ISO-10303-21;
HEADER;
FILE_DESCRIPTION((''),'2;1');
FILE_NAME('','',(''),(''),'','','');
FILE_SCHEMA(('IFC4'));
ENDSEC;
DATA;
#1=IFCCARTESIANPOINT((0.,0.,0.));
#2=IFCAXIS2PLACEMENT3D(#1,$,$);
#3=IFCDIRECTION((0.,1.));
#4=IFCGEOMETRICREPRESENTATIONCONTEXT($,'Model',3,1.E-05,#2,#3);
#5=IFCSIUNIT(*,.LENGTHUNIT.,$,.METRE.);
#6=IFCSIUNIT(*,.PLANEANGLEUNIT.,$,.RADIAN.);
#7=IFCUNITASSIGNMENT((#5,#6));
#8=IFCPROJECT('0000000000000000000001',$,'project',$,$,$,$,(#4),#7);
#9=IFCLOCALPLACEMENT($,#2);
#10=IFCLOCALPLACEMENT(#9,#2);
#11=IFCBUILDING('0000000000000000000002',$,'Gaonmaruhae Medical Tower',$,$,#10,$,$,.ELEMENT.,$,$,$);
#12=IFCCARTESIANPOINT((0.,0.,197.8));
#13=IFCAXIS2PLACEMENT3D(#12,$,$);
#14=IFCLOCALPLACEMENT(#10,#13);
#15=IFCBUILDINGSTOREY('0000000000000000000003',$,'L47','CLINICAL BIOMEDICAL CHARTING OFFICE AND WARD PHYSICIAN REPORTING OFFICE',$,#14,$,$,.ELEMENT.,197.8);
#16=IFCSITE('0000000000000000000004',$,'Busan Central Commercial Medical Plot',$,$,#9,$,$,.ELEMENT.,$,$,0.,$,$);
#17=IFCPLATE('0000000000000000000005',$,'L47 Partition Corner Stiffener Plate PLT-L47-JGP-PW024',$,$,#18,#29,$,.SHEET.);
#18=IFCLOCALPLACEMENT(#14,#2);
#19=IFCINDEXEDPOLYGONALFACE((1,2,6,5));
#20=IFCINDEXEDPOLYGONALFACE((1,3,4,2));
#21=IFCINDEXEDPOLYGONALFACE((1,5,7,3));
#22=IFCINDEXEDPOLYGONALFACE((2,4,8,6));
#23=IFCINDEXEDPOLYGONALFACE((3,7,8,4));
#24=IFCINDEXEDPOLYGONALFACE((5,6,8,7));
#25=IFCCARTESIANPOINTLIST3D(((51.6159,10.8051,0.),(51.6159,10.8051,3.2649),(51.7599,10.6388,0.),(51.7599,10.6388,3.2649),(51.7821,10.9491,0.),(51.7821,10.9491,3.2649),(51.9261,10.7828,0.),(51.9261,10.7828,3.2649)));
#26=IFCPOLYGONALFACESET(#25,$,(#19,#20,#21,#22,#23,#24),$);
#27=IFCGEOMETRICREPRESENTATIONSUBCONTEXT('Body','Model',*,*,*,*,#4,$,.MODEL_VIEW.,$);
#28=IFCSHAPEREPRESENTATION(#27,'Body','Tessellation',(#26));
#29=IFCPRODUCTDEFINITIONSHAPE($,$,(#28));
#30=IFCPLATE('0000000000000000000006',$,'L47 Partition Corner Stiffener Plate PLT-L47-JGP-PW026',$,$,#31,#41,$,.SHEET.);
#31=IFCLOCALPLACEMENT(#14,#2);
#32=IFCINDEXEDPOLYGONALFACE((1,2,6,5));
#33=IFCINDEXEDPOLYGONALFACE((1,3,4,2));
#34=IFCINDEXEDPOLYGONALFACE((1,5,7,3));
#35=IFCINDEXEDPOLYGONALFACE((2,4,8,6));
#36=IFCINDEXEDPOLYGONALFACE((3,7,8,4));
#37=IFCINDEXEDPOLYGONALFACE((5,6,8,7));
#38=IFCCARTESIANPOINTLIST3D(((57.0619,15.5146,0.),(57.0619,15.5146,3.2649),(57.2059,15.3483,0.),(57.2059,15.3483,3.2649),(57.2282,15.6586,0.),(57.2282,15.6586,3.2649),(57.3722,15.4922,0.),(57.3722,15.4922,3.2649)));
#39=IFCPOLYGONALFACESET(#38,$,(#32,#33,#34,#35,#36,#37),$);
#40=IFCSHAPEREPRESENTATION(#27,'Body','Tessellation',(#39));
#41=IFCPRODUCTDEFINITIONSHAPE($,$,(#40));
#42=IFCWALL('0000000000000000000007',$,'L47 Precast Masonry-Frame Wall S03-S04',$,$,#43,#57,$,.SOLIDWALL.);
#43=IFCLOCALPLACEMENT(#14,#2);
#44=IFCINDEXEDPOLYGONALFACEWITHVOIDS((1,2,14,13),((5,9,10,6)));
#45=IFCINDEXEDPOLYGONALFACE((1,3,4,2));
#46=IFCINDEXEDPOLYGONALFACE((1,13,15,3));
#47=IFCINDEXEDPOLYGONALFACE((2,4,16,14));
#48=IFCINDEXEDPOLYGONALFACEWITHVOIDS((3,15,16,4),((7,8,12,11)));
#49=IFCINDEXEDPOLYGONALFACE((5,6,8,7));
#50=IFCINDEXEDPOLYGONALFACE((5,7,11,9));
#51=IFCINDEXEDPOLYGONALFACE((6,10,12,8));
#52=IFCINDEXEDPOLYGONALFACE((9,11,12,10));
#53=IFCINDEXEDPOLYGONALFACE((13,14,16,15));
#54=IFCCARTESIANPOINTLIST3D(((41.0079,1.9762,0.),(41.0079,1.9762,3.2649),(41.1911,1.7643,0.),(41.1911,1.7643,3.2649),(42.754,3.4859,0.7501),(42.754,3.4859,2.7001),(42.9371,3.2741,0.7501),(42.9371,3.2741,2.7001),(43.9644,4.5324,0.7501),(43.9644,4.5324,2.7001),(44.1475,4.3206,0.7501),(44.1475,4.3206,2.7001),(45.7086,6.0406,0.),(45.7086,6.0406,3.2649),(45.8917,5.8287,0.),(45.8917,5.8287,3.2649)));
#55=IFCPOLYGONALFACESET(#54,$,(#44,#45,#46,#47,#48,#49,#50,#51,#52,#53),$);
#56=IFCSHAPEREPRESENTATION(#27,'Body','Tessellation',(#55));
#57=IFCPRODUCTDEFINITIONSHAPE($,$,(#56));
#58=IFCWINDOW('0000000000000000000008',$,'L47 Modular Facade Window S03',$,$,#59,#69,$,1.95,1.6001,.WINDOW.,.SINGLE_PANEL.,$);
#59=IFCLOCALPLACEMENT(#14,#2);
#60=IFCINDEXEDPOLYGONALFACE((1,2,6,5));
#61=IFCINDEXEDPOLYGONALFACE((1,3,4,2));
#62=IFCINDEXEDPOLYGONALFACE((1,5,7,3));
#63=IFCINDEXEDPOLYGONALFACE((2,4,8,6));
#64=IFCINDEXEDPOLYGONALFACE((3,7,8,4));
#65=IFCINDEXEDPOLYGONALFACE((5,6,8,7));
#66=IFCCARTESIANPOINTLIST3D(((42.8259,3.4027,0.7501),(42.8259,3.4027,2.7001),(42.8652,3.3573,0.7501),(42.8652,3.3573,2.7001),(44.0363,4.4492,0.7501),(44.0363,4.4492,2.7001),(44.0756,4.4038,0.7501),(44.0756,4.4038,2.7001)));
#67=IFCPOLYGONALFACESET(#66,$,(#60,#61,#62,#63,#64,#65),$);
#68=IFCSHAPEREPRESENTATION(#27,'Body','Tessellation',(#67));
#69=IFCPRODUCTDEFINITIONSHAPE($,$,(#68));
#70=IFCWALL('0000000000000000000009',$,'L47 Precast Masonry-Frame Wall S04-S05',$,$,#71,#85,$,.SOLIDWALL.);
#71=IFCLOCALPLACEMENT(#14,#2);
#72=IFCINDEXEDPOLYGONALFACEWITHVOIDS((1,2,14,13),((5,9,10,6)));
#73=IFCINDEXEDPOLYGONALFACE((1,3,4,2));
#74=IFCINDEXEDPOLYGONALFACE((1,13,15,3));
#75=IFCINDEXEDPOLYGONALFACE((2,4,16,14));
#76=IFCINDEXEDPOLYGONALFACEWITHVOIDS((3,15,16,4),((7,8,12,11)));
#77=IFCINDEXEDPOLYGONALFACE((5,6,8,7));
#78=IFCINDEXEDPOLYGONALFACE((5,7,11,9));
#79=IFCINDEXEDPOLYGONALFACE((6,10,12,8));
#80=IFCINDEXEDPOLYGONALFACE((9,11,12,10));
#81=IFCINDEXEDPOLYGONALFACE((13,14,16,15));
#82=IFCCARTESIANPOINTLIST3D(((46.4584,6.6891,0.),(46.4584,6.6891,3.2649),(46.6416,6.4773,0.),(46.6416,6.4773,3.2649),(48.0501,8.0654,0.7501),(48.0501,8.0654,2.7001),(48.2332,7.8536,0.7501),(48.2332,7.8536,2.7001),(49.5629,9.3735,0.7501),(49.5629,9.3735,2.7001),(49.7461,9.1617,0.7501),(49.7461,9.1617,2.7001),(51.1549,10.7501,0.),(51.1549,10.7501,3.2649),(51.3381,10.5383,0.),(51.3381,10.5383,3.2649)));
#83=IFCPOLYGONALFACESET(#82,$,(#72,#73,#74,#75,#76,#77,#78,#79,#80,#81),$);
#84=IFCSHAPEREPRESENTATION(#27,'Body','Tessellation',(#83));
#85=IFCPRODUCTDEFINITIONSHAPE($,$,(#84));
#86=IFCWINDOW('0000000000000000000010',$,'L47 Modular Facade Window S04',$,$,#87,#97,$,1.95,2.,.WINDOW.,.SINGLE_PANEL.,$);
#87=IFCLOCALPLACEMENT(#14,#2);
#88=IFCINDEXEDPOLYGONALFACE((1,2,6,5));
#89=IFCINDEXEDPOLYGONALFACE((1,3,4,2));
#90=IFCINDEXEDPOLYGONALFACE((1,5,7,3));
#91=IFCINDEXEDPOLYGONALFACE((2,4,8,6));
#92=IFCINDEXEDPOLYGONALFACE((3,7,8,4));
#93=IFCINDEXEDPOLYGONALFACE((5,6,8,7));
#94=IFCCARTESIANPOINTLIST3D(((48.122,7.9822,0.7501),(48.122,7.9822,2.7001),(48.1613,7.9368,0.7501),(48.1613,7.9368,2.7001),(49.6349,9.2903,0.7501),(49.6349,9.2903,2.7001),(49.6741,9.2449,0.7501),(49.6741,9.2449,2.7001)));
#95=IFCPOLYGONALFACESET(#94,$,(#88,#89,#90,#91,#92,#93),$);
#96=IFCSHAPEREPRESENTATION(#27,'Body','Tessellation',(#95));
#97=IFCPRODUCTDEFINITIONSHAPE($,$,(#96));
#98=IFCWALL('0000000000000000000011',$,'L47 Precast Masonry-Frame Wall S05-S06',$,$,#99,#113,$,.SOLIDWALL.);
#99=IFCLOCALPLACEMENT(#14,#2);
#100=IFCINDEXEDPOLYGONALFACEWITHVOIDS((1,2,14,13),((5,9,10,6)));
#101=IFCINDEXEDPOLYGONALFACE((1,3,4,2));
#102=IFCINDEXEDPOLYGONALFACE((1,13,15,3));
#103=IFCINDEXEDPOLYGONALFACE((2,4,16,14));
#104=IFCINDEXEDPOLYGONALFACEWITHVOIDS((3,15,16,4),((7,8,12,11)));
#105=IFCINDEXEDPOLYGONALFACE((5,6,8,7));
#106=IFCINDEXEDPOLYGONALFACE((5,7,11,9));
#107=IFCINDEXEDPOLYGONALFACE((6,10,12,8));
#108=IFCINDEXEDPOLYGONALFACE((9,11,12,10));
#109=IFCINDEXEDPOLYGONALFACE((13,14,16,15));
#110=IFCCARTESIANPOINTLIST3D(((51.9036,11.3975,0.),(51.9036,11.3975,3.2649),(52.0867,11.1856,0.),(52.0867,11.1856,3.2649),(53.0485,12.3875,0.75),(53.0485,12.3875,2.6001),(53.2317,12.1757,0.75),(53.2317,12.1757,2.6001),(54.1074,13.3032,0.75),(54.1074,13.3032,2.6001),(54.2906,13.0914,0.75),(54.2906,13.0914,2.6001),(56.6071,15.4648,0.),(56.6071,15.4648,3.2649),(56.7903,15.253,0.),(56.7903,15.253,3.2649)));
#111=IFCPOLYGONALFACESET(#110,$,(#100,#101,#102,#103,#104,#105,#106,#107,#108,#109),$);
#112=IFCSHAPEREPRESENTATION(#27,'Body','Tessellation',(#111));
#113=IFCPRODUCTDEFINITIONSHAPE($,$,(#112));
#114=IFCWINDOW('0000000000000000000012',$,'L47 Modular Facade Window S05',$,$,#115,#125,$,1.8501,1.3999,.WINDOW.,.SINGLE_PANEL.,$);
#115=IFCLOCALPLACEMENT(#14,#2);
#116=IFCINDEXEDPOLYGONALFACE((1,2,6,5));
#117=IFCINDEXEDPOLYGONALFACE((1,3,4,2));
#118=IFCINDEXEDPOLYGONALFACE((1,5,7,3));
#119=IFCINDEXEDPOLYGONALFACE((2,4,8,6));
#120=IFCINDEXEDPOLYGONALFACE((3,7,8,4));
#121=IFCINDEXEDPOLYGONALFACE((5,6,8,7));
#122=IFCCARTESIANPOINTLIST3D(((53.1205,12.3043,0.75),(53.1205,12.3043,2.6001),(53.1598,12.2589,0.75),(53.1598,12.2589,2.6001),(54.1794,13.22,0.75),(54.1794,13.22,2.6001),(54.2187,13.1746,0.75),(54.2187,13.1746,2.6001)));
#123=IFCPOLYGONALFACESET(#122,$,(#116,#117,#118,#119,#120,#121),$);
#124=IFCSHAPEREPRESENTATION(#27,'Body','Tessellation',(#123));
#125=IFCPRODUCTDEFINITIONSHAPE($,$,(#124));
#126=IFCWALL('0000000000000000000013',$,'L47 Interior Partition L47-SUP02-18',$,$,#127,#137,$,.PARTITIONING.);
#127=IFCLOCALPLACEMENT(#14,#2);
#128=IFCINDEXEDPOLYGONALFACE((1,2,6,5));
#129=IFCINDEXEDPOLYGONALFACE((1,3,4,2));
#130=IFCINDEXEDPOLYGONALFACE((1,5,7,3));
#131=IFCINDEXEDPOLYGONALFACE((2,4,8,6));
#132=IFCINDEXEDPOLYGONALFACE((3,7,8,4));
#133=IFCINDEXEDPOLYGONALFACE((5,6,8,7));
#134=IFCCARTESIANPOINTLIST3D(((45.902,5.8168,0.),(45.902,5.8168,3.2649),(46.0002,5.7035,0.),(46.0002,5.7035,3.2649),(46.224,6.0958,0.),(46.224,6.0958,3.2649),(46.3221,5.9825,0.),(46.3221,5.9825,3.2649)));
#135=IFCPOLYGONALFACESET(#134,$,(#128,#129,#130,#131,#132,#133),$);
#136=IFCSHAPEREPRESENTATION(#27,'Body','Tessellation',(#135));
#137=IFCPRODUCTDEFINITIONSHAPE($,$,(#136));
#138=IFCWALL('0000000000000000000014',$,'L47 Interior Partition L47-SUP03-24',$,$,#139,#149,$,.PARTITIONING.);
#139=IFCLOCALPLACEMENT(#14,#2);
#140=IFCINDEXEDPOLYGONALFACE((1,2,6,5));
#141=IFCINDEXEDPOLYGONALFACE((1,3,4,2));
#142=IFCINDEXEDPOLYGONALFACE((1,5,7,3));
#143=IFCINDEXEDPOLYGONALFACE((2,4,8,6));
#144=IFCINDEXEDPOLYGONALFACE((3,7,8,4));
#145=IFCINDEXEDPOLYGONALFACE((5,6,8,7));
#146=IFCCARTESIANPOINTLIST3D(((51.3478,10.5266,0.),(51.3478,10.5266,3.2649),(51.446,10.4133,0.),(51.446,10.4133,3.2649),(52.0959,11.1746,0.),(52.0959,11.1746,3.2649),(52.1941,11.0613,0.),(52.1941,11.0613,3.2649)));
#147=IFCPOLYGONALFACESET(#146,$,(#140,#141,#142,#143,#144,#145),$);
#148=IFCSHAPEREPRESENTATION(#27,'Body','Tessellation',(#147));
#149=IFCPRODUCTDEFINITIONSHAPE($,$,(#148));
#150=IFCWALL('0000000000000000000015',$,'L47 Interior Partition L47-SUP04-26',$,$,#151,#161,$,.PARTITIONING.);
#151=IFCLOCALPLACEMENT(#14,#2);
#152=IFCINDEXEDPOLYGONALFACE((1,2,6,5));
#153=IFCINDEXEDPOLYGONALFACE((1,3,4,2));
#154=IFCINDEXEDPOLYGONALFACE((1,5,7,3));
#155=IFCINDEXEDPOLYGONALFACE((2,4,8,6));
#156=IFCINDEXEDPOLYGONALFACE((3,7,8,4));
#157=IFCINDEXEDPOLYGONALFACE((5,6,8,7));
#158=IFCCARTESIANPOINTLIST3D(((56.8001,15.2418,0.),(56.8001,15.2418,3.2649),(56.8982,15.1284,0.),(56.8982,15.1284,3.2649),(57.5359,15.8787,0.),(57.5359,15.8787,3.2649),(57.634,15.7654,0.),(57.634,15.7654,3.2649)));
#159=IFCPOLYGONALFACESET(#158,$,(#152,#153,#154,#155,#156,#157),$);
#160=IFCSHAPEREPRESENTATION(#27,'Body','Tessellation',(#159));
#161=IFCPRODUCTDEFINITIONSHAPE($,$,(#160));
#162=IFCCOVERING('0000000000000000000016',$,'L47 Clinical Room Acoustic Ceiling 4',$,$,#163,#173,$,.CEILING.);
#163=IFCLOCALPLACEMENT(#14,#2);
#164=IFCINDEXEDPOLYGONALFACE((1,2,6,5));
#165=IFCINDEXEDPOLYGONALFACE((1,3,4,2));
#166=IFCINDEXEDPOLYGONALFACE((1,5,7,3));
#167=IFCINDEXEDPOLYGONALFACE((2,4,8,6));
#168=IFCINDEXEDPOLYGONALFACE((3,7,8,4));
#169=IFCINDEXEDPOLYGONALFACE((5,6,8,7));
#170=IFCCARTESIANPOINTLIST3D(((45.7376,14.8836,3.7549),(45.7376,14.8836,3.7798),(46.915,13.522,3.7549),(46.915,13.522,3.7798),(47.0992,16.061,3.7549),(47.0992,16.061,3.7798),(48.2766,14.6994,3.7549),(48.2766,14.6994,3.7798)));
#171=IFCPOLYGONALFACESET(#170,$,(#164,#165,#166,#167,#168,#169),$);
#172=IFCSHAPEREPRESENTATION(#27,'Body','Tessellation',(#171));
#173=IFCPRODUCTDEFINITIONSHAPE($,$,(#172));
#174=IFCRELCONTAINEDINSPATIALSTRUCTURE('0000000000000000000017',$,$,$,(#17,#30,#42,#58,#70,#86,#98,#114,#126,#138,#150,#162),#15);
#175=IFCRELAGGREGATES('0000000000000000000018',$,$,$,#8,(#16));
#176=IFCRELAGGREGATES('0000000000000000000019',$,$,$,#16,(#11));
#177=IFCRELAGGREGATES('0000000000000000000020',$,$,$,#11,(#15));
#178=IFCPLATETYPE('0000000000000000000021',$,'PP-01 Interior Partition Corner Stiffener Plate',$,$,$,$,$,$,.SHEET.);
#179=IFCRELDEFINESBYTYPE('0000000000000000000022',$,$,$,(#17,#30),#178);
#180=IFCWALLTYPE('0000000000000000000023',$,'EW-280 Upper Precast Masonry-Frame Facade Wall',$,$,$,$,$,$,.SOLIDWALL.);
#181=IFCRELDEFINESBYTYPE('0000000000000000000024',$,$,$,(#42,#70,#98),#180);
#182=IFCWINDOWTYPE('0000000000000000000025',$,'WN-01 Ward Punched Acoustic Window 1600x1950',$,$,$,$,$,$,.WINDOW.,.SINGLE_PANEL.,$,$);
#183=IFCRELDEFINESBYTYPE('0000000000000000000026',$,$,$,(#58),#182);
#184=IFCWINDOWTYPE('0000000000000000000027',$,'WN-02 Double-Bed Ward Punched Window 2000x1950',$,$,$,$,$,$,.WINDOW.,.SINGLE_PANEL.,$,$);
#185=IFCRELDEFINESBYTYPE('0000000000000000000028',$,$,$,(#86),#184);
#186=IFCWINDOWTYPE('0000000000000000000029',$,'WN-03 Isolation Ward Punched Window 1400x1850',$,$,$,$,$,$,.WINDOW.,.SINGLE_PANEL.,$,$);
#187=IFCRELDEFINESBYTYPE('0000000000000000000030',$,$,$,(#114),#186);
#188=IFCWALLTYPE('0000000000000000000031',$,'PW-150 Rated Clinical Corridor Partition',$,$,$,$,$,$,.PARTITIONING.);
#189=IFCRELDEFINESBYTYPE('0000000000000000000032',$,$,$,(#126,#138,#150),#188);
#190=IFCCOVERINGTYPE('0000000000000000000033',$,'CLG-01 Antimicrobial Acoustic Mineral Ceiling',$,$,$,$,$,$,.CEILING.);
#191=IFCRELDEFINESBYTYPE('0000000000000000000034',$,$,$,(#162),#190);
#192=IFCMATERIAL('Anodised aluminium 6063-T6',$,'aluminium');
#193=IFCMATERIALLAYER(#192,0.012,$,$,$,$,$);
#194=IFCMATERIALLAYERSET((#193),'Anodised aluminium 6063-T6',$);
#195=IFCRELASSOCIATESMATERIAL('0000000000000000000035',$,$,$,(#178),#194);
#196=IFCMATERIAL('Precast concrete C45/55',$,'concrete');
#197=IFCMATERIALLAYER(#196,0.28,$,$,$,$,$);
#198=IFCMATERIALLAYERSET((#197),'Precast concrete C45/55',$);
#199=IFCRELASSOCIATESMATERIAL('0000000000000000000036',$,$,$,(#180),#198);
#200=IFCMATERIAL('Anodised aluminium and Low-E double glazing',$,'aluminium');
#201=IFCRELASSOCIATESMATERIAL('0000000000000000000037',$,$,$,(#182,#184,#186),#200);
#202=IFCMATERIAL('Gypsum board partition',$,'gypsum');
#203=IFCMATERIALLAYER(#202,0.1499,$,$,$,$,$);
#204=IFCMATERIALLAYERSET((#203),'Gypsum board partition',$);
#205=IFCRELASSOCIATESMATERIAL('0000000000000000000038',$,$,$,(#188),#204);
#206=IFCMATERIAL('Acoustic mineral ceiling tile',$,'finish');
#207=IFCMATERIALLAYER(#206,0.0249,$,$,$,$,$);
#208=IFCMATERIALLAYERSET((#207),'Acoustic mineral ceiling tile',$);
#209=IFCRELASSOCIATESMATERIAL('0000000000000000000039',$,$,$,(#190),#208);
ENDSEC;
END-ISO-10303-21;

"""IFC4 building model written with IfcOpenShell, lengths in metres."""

from ifc_helpers import new_model, si_unit, direction, frame, frame_2d, origin, origin_2d, place, context, subcontext, project, spatial, rectangle, extrude, material, layer, layer_set, type_object, element, fill, save


model = new_model("IFC4")

# Units and contexts
model_context = context("Model", 3, precision=1e-05, world=origin(), true_north=direction((0.0, 1.0)))
body_context = subcontext(model_context, "Body", "Model", "MODEL_VIEW")
ifc_project = project(units=[si_unit("LENGTHUNIT", "METRE"), si_unit("PLANEANGLEUNIT", "RADIAN")], contexts=[model_context])

# Site, building, storey
site_placement = place(None, origin())
site = spatial("IfcSite", under=ifc_project, at=site_placement, Name="Busan Central Commercial Medical Plot", CompositionType="ELEMENT", RefElevation=0.0)
building_placement = place(site_placement, origin())
building = spatial("IfcBuilding", under=site, at=building_placement, Name="Gaonmaruhae Medical Tower", CompositionType="ELEMENT")
storey_placement = place(building_placement, frame((0.0, 0.0, 197.8)))
storey = spatial("IfcBuildingStorey", under=building, at=storey_placement, Name="L47", Description="CLINICAL BIOMEDICAL CHARTING OFFICE AND WARD PHYSICIAN REPORTING OFFICE", CompositionType="ELEMENT", Elevation=197.8)

# Plates
ifc_material_1 = material(Name="Anodised aluminium 6063-T6", Category="aluminium")
ifc_layer_1 = layer(ifc_material_1, 0.012)
ifc_layer_set_1 = layer_set([ifc_layer_1], Name="Anodised aluminium 6063-T6")
plate_type = type_object("IfcPlateType", Name="PP-01 Interior Partition Corner Stiffener Plate", PredefinedType="SHEET", material=ifc_layer_set_1)
for number, where, z_axis, x_axis, name in (
    (1, (51.771, 10.7939, 0.0), (0.0, 0.0, 1.0), (-0.755819, -0.65478, 0.0), "L47 Partition Corner Stiffener Plate PLT-L47-JGP-PW024"),
    (2, (57.217, 15.5034, 0.0), (0.0, 0.0, 1.0), (-0.756128, -0.654424, 0.0), "L47 Partition Corner Stiffener Plate PLT-L47-JGP-PW026"),
):
    element("IfcPlate", number, at=place(storey_placement, frame(where, z_axis=z_axis, x_axis=x_axis)), inside=storey, type_object=plate_type, Name=name, PredefinedType="SHEET", context=body_context, shape_type="SweptSolid", body=[
        extrude(rectangle(XDim=0.22, YDim=0.22, at=origin_2d()), origin(), (0.0, 0.0, 1.0), 3.2649),
    ])

# Walls, openings, windows
ifc_material_2 = material(Name="Precast concrete C45/55", Category="concrete")
ifc_layer_2 = layer(ifc_material_2, 0.28)
ifc_layer_set_2 = layer_set([ifc_layer_2], Name="Precast concrete C45/55")
wall_type_1 = type_object("IfcWallType", Name="EW-280 Upper Precast Masonry-Frame Facade Wall", PredefinedType="SOLIDWALL", material=ifc_layer_set_2)
wall_1_placement = place(storey_placement, frame((45.8, 5.9346, 0.0), z_axis=(0.0, 0.0, 1.0), x_axis=(-0.756443, -0.65406, 0.0)))
wall_1 = element("IfcWall", 3, at=wall_1_placement, inside=storey, type_object=wall_type_1, Name="L47 Precast Masonry-Frame Wall S03-S04", PredefinedType="SOLIDWALL", context=body_context, shape_type="SweptSolid", body=[
    extrude(rectangle(XDim=6.2141, YDim=0.28, at=frame_2d((3.1069, 0.0))), origin(), (0.0, 0.0, 1.0), 3.2649),
])
opening_1_placement = place(wall_1_placement, frame((2.3057, 0.0, 0.75)))
opening_1 = element("IfcOpeningElement", 4, at=opening_1_placement, cuts=wall_1, PredefinedType="OPENING", context=body_context, shape_type="SweptSolid", body=[
    extrude(rectangle(XDim=1.6001, YDim=1.95, at=frame_2d((0.8, 0.9751))), frame((0.0, 0.1499, 0.0), z_axis=(0.0, -1.0, 0.0), x_axis=(1.0, 0.0, 0.0)), (0.0, 0.0, 1.0), 0.3),
])
ifc_material_3 = material(Name="Anodised aluminium and Low-E double glazing", Category="aluminium")
window_type_1 = type_object("IfcWindowType", Name="WN-01 Ward Punched Acoustic Window 1600x1950", PartitioningType="SINGLE_PANEL", PredefinedType="WINDOW", material=ifc_material_3)
window_1_placement = place(opening_1_placement, origin())
window_1 = element("IfcWindow", 5, at=window_1_placement, inside=storey, type_object=window_type_1, Name="L47 Modular Facade Window S03", OverallHeight=1.95, OverallWidth=1.6001, PartitioningType="SINGLE_PANEL", PredefinedType="WINDOW", context=body_context, shape_type="SweptSolid", body=[
    extrude(rectangle(XDim=1.6001, YDim=1.95, at=frame_2d((0.8, 0.9751))), frame((0.0, 0.03, 0.0), z_axis=(0.0, -1.0, 0.0), x_axis=(1.0, 0.0, 0.0)), (0.0, 0.0, 1.0), 0.0601),
])
fill(opening_1, window_1)
wall_2_placement = place(storey_placement, frame((51.2466, 10.6443, 0.0), z_axis=(0.0, 0.0, 1.0), x_axis=(-0.756429, -0.654075, 0.0)))
wall_2 = element("IfcWall", 6, at=wall_2_placement, inside=storey, type_object=wall_type_1, Name="L47 Precast Masonry-Frame Wall S04-S05", PredefinedType="SOLIDWALL", context=body_context, shape_type="SweptSolid", body=[
    extrude(rectangle(XDim=6.2087, YDim=0.28, at=frame_2d((3.1045, 0.0))), origin(), (0.0, 0.0, 1.0), 3.2649),
])
opening_2_placement = place(wall_2_placement, frame((2.1047, 0.0, 0.75)))
opening_2 = element("IfcOpeningElement", 7, at=opening_2_placement, cuts=wall_2, PredefinedType="OPENING", context=body_context, shape_type="SweptSolid", body=[
    extrude(rectangle(XDim=2.0, YDim=1.95, at=frame_2d((1.0, 0.9751))), frame((0.0, 0.1499, 0.0), z_axis=(0.0, -1.0, 0.0), x_axis=(1.0, 0.0, 0.0)), (0.0, 0.0, 1.0), 0.3),
])
window_type_2 = type_object("IfcWindowType", Name="WN-02 Double-Bed Ward Punched Window 2000x1950", PartitioningType="SINGLE_PANEL", PredefinedType="WINDOW", material=ifc_material_3)
window_2_placement = place(opening_2_placement, origin())
window_2 = element("IfcWindow", 8, at=window_2_placement, inside=storey, type_object=window_type_2, Name="L47 Modular Facade Window S04", OverallHeight=1.95, OverallWidth=2.0, PartitioningType="SINGLE_PANEL", PredefinedType="WINDOW", context=body_context, shape_type="SweptSolid", body=[
    extrude(rectangle(XDim=2.0, YDim=1.95, at=frame_2d((1.0, 0.9751))), frame((0.0, 0.03, 0.0), z_axis=(0.0, -1.0, 0.0), x_axis=(1.0, 0.0, 0.0)), (0.0, 0.0, 1.0), 0.0601),
])
fill(opening_2, window_2)
wall_3_placement = place(storey_placement, frame((56.6987, 15.3589, 0.0), z_axis=(0.0, 0.0, 1.0), x_axis=(-0.756411, -0.654096, 0.0)))
wall_3 = element("IfcWall", 9, at=wall_3_placement, inside=storey, type_object=wall_type_1, Name="L47 Precast Masonry-Frame Wall S05-S06", PredefinedType="SOLIDWALL", context=body_context, shape_type="SweptSolid", body=[
    extrude(rectangle(XDim=6.2183, YDim=0.28, at=frame_2d((3.1091, 0.0))), origin(), (0.0, 0.0, 1.0), 3.2649),
])
opening_3_placement = place(wall_3_placement, frame((3.3047, 0.0, 0.75)))
opening_3 = element("IfcOpeningElement", 10, at=opening_3_placement, cuts=wall_3, PredefinedType="OPENING", context=body_context, shape_type="SweptSolid", body=[
    extrude(rectangle(XDim=1.3999, YDim=1.8501, at=frame_2d((0.7, 0.925))), frame((0.0, 0.1499, 0.0), z_axis=(0.0, -1.0, 0.0), x_axis=(1.0, 0.0, 0.0)), (0.0, 0.0, 1.0), 0.3),
])
window_type_3 = type_object("IfcWindowType", Name="WN-03 Isolation Ward Punched Window 1400x1850", PartitioningType="SINGLE_PANEL", PredefinedType="WINDOW", material=ifc_material_3)
window_3_placement = place(opening_3_placement, origin())
window_3 = element("IfcWindow", 11, at=window_3_placement, inside=storey, type_object=window_type_3, Name="L47 Modular Facade Window S05", OverallHeight=1.8501, OverallWidth=1.3999, PartitioningType="SINGLE_PANEL", PredefinedType="WINDOW", context=body_context, shape_type="SweptSolid", body=[
    extrude(rectangle(XDim=1.3999, YDim=1.8501, at=frame_2d((0.7, 0.925))), frame((0.0, 0.03, 0.0), z_axis=(0.0, -1.0, 0.0), x_axis=(1.0, 0.0, 0.0)), (0.0, 0.0, 1.0), 0.0601),
])
fill(opening_3, window_3)

# Walls
ifc_material_4 = material(Name="Gypsum board partition", Category="gypsum")
ifc_layer_3 = layer(ifc_material_4, 0.1499)
ifc_layer_set_3 = layer_set([ifc_layer_3], Name="Gypsum board partition")
wall_type_2 = type_object("IfcWallType", Name="PW-150 Rated Clinical Corridor Partition", PredefinedType="PARTITIONING", material=ifc_layer_set_3)
wall_4_placement = place(storey_placement, frame((46.2729, 6.0391, 0.0), z_axis=(0.0, 0.0, 1.0), x_axis=(-0.755727, -0.654887, 0.0)))
element("IfcWall", 12, at=wall_4_placement, inside=storey, type_object=wall_type_2, Name="L47 Interior Partition L47-SUP02-18", PredefinedType="PARTITIONING", context=body_context, shape_type="SweptSolid", body=[
    extrude(rectangle(XDim=0.426, YDim=0.1499, at=frame_2d((0.2129, 0.0))), origin(), (0.0, 0.0, 1.0), 3.2649),
])
wall_5_placement = place(storey_placement, frame((52.145, 11.1179, 0.0), z_axis=(0.0, 0.0, 1.0), x_axis=(-0.755868, -0.654724, 0.0)))
element("IfcWall", 13, at=wall_5_placement, inside=storey, type_object=wall_type_2, Name="L47 Interior Partition L47-SUP03-24", PredefinedType="PARTITIONING", context=body_context, shape_type="SweptSolid", body=[
    extrude(rectangle(XDim=0.9897, YDim=0.1499, at=frame_2d((0.4949, 0.0))), origin(), (0.0, 0.0, 1.0), 3.2649),
])
wall_6_placement = place(storey_placement, frame((57.585, 15.822, 0.0), z_axis=(0.0, 0.0, 1.0), x_axis=(-0.756078, -0.654482, 0.0)))
element("IfcWall", 14, at=wall_6_placement, inside=storey, type_object=wall_type_2, Name="L47 Interior Partition L47-SUP04-26", PredefinedType="PARTITIONING", context=body_context, shape_type="SweptSolid", body=[
    extrude(rectangle(XDim=0.9731, YDim=0.1499, at=frame_2d((0.4866, 0.0))), origin(), (0.0, 0.0, 1.0), 3.2649),
])

# Covering
ifc_material_5 = material(Name="Acoustic mineral ceiling tile", Category="finish")
ifc_layer_4 = layer(ifc_material_5, 0.0249)
ifc_layer_set_4 = layer_set([ifc_layer_4], Name="Acoustic mineral ceiling tile")
covering_type_1 = type_object("IfcCoveringType", Name="CLG-01 Antimicrobial Acoustic Mineral Ceiling", PredefinedType="CEILING", material=ifc_layer_set_4)
covering_1_placement = place(storey_placement, frame((47.0071, 14.7915, 3.7549), z_axis=(0.0, 0.0, 1.0), x_axis=(0.756425, 0.654081, 0.0)))
element("IfcCovering", 15, at=covering_1_placement, inside=storey, type_object=covering_type_1, Name="L47 Clinical Room Acoustic Ceiling 4", PredefinedType="CEILING", context=body_context, shape_type="SweptSolid", body=[
    extrude(rectangle(XDim=1.8, YDim=1.8, at=origin_2d()), origin(), (0.0, 0.0, 1.0), 0.0249),
])

save(model, "model.ifc")
